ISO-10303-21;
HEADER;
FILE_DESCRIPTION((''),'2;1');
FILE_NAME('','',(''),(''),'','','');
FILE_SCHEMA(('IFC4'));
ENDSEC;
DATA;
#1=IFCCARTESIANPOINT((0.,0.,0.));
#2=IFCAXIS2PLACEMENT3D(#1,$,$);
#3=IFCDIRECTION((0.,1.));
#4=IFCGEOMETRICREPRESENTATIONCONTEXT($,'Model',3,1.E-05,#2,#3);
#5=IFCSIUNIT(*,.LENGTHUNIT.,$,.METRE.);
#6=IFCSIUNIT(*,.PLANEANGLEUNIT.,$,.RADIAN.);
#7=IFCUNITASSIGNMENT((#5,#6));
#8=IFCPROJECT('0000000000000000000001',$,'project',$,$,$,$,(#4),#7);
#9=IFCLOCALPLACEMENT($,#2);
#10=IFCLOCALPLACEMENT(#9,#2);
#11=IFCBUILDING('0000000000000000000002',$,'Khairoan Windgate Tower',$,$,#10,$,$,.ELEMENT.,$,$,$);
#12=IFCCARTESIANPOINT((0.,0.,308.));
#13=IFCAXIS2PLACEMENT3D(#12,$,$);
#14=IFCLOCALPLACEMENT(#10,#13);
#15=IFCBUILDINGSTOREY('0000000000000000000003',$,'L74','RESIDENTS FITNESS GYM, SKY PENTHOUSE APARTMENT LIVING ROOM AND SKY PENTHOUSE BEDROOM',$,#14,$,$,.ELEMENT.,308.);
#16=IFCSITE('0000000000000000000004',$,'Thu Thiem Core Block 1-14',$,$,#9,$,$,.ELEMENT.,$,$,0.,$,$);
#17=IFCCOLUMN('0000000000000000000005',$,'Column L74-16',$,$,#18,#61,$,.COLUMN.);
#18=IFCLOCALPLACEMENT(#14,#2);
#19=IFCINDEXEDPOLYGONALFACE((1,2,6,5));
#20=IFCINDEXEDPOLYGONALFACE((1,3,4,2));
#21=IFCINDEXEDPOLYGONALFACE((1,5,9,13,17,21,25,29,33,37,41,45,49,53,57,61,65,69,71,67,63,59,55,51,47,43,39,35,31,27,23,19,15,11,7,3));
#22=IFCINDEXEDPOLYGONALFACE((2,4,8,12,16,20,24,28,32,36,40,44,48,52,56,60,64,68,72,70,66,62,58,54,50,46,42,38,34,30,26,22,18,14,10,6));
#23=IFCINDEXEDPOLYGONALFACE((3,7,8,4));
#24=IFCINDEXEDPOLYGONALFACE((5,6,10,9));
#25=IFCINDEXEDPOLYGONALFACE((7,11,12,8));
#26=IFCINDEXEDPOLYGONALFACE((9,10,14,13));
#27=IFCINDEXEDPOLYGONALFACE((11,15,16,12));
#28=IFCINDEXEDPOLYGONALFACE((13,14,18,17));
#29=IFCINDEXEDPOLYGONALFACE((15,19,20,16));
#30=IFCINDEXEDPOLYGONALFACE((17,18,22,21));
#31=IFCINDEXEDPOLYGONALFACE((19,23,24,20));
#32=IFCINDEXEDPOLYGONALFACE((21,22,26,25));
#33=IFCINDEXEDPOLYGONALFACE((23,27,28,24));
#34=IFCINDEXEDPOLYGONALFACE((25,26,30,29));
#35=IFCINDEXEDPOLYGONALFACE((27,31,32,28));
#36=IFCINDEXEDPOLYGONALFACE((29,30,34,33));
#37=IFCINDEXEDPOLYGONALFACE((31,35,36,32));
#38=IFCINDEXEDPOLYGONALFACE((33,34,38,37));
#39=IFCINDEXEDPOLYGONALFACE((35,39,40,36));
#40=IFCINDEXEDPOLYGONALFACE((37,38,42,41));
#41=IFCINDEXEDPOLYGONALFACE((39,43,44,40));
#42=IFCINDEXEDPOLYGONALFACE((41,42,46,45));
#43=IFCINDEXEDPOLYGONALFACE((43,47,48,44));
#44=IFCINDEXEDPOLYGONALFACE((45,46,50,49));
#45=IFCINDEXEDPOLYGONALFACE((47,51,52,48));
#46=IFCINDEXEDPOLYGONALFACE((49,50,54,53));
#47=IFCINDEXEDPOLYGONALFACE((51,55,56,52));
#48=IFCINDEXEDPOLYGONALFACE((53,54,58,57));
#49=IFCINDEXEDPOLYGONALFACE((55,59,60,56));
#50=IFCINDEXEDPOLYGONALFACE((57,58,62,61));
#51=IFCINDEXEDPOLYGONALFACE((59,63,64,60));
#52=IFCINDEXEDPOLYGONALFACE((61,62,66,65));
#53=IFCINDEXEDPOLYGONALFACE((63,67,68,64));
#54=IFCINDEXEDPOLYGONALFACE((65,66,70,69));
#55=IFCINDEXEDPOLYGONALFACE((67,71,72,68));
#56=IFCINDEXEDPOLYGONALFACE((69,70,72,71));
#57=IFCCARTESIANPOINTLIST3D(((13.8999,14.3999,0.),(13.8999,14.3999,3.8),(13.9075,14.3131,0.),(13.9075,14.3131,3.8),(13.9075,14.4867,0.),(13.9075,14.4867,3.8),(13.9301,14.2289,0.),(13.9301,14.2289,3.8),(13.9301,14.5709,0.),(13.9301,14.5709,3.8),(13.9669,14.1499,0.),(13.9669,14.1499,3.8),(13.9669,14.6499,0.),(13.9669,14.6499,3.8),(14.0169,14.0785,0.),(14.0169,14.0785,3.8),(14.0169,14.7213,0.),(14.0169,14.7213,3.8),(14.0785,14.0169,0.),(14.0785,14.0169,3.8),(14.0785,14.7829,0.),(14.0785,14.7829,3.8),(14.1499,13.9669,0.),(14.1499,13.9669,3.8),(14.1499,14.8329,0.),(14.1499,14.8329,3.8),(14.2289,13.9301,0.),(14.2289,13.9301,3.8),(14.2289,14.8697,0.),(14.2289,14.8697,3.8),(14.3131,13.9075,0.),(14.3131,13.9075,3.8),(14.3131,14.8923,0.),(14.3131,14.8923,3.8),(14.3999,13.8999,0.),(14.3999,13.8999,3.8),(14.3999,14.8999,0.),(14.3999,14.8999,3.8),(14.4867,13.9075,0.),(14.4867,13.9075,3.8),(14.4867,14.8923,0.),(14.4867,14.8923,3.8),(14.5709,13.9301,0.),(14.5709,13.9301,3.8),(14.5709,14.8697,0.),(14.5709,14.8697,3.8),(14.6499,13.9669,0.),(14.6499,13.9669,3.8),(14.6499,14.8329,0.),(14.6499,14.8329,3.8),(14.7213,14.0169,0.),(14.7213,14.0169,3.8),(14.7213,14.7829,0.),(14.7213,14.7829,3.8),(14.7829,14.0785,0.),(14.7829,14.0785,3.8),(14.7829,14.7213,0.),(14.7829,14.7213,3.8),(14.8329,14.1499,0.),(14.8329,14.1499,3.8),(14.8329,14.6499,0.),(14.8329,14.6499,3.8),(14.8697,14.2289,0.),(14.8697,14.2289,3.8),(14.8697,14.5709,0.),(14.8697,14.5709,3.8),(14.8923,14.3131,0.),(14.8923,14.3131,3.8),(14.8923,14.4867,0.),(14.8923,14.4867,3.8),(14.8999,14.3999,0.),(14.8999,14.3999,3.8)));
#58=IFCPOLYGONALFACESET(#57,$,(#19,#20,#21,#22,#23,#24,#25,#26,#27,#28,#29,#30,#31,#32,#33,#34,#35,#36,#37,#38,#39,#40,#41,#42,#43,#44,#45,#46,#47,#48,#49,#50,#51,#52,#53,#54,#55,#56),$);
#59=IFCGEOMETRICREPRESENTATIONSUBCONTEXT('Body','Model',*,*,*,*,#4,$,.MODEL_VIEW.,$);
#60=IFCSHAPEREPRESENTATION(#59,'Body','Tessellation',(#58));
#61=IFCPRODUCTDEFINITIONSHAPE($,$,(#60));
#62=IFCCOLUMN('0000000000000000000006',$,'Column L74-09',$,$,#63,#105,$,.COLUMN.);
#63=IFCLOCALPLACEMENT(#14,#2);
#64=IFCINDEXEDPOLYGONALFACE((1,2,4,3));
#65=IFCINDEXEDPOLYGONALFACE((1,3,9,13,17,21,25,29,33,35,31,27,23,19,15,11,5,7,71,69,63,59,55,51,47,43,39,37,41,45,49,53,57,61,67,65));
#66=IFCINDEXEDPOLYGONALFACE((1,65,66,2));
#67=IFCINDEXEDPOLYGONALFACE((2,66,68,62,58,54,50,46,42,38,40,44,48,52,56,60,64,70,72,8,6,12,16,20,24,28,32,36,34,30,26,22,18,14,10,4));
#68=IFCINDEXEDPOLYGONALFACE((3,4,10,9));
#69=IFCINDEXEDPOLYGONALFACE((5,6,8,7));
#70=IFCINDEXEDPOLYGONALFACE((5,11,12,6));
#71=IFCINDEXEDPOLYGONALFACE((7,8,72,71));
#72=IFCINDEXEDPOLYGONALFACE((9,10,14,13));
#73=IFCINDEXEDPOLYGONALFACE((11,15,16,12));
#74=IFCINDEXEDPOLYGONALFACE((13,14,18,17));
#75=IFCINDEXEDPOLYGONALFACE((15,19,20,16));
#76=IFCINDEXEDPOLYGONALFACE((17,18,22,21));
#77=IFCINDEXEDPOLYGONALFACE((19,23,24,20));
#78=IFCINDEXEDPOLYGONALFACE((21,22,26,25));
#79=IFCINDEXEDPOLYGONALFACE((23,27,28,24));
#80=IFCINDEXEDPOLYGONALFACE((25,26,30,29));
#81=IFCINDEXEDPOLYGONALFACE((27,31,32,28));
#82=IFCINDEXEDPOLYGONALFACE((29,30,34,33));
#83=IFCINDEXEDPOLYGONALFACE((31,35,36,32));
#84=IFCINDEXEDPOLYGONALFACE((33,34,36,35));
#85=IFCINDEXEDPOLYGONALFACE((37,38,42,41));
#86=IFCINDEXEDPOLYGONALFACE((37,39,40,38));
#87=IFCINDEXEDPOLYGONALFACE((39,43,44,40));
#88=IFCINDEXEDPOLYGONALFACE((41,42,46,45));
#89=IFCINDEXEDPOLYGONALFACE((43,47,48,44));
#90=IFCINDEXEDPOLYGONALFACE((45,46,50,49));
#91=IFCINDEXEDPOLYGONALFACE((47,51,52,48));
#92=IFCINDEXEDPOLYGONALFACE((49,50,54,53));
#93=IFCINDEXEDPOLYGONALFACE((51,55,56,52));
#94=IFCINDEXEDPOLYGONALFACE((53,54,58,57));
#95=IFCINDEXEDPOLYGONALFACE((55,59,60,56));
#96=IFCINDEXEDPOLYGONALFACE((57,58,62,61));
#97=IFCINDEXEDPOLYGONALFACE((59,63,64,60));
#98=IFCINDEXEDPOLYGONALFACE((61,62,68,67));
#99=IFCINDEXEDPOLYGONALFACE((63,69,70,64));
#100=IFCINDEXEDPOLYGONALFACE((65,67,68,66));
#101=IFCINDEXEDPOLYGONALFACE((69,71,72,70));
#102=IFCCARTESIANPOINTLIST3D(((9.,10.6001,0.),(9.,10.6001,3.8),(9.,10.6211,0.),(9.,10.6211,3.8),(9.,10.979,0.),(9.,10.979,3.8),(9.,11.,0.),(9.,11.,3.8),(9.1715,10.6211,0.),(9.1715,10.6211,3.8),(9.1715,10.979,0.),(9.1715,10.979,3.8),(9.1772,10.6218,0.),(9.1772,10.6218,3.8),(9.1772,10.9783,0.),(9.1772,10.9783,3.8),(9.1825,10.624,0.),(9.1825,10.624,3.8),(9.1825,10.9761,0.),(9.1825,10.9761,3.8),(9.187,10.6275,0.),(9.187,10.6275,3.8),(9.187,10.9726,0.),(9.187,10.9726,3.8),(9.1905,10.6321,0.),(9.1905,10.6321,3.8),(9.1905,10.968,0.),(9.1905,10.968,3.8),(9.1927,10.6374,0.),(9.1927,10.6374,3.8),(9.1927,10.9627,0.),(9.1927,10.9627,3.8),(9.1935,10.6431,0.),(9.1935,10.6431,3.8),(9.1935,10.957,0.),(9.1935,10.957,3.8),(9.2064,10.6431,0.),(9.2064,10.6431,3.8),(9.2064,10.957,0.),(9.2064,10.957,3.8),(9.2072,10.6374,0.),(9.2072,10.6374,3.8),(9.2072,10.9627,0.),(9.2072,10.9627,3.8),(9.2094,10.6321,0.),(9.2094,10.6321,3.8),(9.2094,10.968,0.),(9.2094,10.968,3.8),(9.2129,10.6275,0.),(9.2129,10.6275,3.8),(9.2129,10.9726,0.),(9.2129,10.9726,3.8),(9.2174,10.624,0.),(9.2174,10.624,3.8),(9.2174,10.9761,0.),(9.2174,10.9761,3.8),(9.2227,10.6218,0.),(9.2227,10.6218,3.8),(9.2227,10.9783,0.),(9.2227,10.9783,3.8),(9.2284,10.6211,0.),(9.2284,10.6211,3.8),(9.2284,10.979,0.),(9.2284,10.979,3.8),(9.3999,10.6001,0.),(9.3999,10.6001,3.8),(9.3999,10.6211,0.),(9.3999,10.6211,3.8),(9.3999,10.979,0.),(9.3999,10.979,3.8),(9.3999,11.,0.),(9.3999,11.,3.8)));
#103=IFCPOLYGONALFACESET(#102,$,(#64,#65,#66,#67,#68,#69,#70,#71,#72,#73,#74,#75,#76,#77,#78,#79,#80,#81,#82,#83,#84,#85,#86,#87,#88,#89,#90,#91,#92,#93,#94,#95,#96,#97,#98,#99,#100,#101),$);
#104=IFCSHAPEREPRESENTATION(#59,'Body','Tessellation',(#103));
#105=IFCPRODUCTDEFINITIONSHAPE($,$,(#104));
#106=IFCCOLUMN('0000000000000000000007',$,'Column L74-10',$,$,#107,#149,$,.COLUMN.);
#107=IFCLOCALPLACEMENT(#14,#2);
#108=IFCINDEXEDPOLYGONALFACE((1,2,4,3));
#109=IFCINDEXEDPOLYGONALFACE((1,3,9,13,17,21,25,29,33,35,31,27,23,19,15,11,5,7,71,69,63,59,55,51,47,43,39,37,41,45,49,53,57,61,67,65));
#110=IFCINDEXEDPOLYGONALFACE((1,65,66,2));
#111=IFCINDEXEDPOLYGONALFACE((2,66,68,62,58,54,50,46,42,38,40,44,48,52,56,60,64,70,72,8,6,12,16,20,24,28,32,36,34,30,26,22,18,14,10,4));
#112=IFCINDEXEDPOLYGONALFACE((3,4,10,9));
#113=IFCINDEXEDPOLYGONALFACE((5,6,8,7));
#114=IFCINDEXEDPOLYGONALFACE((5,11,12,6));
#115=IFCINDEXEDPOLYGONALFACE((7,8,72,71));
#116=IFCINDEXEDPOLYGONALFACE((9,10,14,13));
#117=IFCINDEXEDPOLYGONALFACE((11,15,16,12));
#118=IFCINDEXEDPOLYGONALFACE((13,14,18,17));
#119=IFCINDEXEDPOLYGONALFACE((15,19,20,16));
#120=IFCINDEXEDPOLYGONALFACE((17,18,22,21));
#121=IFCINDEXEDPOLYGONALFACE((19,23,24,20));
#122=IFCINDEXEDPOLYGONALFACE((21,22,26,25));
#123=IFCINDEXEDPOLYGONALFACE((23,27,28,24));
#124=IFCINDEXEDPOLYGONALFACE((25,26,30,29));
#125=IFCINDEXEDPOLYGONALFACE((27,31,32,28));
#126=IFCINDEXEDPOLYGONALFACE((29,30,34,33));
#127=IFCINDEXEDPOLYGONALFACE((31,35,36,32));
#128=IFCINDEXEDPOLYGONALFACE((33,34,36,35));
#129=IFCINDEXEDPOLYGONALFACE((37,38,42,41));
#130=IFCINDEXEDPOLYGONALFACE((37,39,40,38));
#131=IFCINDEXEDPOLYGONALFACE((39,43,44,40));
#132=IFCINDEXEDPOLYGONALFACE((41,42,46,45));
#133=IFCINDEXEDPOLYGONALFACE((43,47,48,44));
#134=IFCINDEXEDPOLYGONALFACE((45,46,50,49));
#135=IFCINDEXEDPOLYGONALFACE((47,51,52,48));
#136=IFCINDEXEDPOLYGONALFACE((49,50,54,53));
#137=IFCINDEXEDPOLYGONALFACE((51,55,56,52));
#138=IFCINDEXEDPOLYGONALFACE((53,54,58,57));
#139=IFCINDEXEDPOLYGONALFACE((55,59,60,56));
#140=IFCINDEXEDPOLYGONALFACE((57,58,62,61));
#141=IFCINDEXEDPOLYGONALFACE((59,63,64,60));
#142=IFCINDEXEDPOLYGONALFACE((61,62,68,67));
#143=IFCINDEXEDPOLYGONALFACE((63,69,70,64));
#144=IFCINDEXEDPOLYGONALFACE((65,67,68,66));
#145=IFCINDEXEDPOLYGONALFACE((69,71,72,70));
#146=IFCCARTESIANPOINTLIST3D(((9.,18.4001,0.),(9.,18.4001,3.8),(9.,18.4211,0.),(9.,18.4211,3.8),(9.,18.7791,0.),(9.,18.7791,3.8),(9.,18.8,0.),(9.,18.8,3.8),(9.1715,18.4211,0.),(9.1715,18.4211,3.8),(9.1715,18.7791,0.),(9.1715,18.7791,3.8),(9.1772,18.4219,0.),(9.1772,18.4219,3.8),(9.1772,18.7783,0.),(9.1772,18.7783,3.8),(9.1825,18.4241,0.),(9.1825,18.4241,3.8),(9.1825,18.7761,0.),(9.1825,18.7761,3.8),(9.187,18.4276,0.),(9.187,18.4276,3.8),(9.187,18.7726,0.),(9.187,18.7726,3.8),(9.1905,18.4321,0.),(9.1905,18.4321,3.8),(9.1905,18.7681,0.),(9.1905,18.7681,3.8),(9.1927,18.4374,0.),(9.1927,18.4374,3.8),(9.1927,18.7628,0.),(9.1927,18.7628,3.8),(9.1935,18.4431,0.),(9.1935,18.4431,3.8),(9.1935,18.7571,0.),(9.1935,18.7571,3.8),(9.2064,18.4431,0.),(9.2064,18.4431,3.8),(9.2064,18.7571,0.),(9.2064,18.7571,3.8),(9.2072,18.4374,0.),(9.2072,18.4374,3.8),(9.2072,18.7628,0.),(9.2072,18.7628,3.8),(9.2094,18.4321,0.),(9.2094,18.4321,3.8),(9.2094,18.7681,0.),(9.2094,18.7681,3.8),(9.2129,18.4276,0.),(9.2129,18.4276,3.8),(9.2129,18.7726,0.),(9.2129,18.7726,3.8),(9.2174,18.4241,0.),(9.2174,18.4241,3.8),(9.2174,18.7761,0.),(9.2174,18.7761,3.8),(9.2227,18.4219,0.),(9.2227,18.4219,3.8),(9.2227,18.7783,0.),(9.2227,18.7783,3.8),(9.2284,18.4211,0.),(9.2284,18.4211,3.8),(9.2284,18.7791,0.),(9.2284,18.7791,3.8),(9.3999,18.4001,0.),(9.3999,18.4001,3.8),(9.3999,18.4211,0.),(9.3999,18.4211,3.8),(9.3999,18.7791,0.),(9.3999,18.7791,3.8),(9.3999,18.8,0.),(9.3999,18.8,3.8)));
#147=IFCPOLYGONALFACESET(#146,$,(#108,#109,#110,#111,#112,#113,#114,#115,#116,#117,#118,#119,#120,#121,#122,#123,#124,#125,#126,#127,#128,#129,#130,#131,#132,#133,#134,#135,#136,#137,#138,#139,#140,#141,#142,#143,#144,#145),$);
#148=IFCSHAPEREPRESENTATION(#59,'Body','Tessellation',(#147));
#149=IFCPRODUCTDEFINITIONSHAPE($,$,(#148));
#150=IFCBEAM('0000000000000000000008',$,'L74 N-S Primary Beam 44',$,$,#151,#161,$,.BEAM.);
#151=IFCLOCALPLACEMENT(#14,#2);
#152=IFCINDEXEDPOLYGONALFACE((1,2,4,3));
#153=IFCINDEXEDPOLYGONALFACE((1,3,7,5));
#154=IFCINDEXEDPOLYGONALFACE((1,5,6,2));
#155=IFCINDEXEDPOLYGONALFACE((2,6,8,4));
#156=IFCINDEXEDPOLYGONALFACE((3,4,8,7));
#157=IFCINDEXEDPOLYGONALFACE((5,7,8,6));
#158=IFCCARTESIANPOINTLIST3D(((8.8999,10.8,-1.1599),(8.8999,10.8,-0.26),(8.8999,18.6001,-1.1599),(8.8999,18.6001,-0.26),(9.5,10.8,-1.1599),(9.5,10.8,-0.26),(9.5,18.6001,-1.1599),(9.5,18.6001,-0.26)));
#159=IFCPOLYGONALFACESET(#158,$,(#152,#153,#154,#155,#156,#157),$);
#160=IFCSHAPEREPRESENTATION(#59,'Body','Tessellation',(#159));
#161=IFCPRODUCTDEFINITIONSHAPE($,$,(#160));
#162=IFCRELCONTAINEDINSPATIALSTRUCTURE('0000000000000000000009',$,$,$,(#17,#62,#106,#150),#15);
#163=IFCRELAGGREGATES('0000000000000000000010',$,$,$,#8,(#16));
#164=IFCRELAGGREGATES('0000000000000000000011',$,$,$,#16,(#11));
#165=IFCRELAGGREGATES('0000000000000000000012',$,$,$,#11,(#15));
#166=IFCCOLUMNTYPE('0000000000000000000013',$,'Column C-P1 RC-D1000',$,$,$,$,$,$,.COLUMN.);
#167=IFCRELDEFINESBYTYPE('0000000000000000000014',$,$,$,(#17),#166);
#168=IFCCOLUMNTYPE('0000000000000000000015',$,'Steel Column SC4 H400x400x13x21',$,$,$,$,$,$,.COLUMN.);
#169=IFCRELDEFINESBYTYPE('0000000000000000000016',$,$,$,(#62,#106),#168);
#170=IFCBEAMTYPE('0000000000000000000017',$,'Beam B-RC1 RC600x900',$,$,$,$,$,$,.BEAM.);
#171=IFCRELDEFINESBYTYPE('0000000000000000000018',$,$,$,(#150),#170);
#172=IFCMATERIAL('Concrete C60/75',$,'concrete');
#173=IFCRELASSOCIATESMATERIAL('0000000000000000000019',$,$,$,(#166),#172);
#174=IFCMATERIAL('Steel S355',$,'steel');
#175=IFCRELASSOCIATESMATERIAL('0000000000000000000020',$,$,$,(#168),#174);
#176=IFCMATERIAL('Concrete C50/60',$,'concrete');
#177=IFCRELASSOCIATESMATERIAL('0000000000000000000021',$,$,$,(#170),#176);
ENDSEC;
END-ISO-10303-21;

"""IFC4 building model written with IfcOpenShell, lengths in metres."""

from ifc_helpers import new_model, si_unit, direction, frame, origin, origin_2d, place, context, subcontext, project, spatial, rectangle, circle, i_section, extrude, material, material_profile, profile_set, type_object, element, save


model = new_model("IFC4")

# Units and contexts
model_context = context("Model", 3, precision=1e-05, world=origin(), true_north=direction((0.0, 1.0)))
body_context = subcontext(model_context, "Body", "Model", "MODEL_VIEW")
ifc_project = project(units=[si_unit("LENGTHUNIT", "METRE"), si_unit("PLANEANGLEUNIT", "RADIAN")], contexts=[model_context])

# Site, building, storey
site_placement = place(None, origin())
site = spatial("IfcSite", under=ifc_project, at=site_placement, Name="Thu Thiem Core Block 1-14", CompositionType="ELEMENT", RefElevation=0.0)
building_placement = place(site_placement, origin())
building = spatial("IfcBuilding", under=site, at=building_placement, Name="Khairoan Windgate Tower", CompositionType="ELEMENT")
storey_placement = place(building_placement, frame((0.0, 0.0, 308.0)))
storey = spatial("IfcBuildingStorey", under=building, at=storey_placement, Name="L74", Description="RESIDENTS FITNESS GYM, SKY PENTHOUSE APARTMENT LIVING ROOM AND SKY PENTHOUSE BEDROOM", CompositionType="ELEMENT", Elevation=308.0)

# Columns
ifc_material_1 = material(Name="Concrete C60/75", Category="concrete")
ifc_material_profile_1 = material_profile(ifc_material_1, circle(Radius=0.5, at=origin_2d()))
ifc_profile_set_1 = profile_set([ifc_material_profile_1], Name="Concrete C60/75")
column_type_1 = type_object("IfcColumnType", Name="Column C-P1 RC-D1000", PredefinedType="COLUMN", material=ifc_profile_set_1)
column_placement = place(storey_placement, frame((14.3999, 14.3999, 0.0), z_axis=(0.0, 0.0, 1.0), x_axis=(1.0, 0.0, 0.0)))
element("IfcColumn", 1, at=column_placement, inside=storey, type_object=column_type_1, Name="Column L74-16", PredefinedType="COLUMN", context=body_context, shape_type="SweptSolid", body=[
    extrude(circle(Radius=0.5, at=origin_2d()), origin(), (0.0, 0.0, 1.0), 3.8),
])
ifc_material_2 = material(Name="Steel S355", Category="steel")
ifc_material_profile_2 = material_profile(ifc_material_2, i_section(OverallWidth=0.3999, OverallDepth=0.3999, WebThickness=0.0129, FlangeThickness=0.021, FilletRadius=0.022, at=origin_2d()))
ifc_profile_set_2 = profile_set([ifc_material_profile_2], Name="Steel S355")
column_type_2 = type_object("IfcColumnType", Name="Steel Column SC4 H400x400x13x21", PredefinedType="COLUMN", material=ifc_profile_set_2)
for number, where, z_axis, x_axis, name in (
    (2, (9.2, 10.8, 0.0), (0.0, 0.0, 1.0), (1.0, 0.0, 0.0), "Column L74-09"),
    (3, (9.2, 18.6001, 0.0), (0.0, 0.0, 1.0), (1.0, 0.0, 0.0), "Column L74-10"),
):
    element("IfcColumn", number, at=place(storey_placement, frame(where, z_axis=z_axis, x_axis=x_axis)), inside=storey, type_object=column_type_2, Name=name, PredefinedType="COLUMN", context=body_context, shape_type="SweptSolid", body=[
        extrude(i_section(OverallWidth=0.3999, OverallDepth=0.3999, WebThickness=0.0129, FlangeThickness=0.021, FilletRadius=0.022, at=origin_2d()), origin(), (0.0, 0.0, 1.0), 3.8),
    ])

# Beam
ifc_material_3 = material(Name="Concrete C50/60", Category="concrete")
ifc_material_profile_3 = material_profile(ifc_material_3, rectangle(XDim=0.6001, YDim=0.8999, at=origin_2d()))
ifc_profile_set_3 = profile_set([ifc_material_profile_3], Name="Concrete C50/60")
beam_type = type_object("IfcBeamType", Name="Beam B-RC1 RC600x900", PredefinedType="BEAM", material=ifc_profile_set_3)
beam_placement = place(storey_placement, frame((9.2, 10.8, -0.71), z_axis=(0.0, 1.0, 0.0), x_axis=(-1.0, 0.0, 0.0)))
element("IfcBeam", 4, at=beam_placement, inside=storey, type_object=beam_type, Name="L74 N-S Primary Beam 44", PredefinedType="BEAM", context=body_context, shape_type="SweptSolid", body=[
    extrude(rectangle(XDim=0.6001, YDim=0.8999, at=origin_2d()), origin(), (0.0, 0.0, 1.0), 7.8),
])

save(model, "model.ifc")
